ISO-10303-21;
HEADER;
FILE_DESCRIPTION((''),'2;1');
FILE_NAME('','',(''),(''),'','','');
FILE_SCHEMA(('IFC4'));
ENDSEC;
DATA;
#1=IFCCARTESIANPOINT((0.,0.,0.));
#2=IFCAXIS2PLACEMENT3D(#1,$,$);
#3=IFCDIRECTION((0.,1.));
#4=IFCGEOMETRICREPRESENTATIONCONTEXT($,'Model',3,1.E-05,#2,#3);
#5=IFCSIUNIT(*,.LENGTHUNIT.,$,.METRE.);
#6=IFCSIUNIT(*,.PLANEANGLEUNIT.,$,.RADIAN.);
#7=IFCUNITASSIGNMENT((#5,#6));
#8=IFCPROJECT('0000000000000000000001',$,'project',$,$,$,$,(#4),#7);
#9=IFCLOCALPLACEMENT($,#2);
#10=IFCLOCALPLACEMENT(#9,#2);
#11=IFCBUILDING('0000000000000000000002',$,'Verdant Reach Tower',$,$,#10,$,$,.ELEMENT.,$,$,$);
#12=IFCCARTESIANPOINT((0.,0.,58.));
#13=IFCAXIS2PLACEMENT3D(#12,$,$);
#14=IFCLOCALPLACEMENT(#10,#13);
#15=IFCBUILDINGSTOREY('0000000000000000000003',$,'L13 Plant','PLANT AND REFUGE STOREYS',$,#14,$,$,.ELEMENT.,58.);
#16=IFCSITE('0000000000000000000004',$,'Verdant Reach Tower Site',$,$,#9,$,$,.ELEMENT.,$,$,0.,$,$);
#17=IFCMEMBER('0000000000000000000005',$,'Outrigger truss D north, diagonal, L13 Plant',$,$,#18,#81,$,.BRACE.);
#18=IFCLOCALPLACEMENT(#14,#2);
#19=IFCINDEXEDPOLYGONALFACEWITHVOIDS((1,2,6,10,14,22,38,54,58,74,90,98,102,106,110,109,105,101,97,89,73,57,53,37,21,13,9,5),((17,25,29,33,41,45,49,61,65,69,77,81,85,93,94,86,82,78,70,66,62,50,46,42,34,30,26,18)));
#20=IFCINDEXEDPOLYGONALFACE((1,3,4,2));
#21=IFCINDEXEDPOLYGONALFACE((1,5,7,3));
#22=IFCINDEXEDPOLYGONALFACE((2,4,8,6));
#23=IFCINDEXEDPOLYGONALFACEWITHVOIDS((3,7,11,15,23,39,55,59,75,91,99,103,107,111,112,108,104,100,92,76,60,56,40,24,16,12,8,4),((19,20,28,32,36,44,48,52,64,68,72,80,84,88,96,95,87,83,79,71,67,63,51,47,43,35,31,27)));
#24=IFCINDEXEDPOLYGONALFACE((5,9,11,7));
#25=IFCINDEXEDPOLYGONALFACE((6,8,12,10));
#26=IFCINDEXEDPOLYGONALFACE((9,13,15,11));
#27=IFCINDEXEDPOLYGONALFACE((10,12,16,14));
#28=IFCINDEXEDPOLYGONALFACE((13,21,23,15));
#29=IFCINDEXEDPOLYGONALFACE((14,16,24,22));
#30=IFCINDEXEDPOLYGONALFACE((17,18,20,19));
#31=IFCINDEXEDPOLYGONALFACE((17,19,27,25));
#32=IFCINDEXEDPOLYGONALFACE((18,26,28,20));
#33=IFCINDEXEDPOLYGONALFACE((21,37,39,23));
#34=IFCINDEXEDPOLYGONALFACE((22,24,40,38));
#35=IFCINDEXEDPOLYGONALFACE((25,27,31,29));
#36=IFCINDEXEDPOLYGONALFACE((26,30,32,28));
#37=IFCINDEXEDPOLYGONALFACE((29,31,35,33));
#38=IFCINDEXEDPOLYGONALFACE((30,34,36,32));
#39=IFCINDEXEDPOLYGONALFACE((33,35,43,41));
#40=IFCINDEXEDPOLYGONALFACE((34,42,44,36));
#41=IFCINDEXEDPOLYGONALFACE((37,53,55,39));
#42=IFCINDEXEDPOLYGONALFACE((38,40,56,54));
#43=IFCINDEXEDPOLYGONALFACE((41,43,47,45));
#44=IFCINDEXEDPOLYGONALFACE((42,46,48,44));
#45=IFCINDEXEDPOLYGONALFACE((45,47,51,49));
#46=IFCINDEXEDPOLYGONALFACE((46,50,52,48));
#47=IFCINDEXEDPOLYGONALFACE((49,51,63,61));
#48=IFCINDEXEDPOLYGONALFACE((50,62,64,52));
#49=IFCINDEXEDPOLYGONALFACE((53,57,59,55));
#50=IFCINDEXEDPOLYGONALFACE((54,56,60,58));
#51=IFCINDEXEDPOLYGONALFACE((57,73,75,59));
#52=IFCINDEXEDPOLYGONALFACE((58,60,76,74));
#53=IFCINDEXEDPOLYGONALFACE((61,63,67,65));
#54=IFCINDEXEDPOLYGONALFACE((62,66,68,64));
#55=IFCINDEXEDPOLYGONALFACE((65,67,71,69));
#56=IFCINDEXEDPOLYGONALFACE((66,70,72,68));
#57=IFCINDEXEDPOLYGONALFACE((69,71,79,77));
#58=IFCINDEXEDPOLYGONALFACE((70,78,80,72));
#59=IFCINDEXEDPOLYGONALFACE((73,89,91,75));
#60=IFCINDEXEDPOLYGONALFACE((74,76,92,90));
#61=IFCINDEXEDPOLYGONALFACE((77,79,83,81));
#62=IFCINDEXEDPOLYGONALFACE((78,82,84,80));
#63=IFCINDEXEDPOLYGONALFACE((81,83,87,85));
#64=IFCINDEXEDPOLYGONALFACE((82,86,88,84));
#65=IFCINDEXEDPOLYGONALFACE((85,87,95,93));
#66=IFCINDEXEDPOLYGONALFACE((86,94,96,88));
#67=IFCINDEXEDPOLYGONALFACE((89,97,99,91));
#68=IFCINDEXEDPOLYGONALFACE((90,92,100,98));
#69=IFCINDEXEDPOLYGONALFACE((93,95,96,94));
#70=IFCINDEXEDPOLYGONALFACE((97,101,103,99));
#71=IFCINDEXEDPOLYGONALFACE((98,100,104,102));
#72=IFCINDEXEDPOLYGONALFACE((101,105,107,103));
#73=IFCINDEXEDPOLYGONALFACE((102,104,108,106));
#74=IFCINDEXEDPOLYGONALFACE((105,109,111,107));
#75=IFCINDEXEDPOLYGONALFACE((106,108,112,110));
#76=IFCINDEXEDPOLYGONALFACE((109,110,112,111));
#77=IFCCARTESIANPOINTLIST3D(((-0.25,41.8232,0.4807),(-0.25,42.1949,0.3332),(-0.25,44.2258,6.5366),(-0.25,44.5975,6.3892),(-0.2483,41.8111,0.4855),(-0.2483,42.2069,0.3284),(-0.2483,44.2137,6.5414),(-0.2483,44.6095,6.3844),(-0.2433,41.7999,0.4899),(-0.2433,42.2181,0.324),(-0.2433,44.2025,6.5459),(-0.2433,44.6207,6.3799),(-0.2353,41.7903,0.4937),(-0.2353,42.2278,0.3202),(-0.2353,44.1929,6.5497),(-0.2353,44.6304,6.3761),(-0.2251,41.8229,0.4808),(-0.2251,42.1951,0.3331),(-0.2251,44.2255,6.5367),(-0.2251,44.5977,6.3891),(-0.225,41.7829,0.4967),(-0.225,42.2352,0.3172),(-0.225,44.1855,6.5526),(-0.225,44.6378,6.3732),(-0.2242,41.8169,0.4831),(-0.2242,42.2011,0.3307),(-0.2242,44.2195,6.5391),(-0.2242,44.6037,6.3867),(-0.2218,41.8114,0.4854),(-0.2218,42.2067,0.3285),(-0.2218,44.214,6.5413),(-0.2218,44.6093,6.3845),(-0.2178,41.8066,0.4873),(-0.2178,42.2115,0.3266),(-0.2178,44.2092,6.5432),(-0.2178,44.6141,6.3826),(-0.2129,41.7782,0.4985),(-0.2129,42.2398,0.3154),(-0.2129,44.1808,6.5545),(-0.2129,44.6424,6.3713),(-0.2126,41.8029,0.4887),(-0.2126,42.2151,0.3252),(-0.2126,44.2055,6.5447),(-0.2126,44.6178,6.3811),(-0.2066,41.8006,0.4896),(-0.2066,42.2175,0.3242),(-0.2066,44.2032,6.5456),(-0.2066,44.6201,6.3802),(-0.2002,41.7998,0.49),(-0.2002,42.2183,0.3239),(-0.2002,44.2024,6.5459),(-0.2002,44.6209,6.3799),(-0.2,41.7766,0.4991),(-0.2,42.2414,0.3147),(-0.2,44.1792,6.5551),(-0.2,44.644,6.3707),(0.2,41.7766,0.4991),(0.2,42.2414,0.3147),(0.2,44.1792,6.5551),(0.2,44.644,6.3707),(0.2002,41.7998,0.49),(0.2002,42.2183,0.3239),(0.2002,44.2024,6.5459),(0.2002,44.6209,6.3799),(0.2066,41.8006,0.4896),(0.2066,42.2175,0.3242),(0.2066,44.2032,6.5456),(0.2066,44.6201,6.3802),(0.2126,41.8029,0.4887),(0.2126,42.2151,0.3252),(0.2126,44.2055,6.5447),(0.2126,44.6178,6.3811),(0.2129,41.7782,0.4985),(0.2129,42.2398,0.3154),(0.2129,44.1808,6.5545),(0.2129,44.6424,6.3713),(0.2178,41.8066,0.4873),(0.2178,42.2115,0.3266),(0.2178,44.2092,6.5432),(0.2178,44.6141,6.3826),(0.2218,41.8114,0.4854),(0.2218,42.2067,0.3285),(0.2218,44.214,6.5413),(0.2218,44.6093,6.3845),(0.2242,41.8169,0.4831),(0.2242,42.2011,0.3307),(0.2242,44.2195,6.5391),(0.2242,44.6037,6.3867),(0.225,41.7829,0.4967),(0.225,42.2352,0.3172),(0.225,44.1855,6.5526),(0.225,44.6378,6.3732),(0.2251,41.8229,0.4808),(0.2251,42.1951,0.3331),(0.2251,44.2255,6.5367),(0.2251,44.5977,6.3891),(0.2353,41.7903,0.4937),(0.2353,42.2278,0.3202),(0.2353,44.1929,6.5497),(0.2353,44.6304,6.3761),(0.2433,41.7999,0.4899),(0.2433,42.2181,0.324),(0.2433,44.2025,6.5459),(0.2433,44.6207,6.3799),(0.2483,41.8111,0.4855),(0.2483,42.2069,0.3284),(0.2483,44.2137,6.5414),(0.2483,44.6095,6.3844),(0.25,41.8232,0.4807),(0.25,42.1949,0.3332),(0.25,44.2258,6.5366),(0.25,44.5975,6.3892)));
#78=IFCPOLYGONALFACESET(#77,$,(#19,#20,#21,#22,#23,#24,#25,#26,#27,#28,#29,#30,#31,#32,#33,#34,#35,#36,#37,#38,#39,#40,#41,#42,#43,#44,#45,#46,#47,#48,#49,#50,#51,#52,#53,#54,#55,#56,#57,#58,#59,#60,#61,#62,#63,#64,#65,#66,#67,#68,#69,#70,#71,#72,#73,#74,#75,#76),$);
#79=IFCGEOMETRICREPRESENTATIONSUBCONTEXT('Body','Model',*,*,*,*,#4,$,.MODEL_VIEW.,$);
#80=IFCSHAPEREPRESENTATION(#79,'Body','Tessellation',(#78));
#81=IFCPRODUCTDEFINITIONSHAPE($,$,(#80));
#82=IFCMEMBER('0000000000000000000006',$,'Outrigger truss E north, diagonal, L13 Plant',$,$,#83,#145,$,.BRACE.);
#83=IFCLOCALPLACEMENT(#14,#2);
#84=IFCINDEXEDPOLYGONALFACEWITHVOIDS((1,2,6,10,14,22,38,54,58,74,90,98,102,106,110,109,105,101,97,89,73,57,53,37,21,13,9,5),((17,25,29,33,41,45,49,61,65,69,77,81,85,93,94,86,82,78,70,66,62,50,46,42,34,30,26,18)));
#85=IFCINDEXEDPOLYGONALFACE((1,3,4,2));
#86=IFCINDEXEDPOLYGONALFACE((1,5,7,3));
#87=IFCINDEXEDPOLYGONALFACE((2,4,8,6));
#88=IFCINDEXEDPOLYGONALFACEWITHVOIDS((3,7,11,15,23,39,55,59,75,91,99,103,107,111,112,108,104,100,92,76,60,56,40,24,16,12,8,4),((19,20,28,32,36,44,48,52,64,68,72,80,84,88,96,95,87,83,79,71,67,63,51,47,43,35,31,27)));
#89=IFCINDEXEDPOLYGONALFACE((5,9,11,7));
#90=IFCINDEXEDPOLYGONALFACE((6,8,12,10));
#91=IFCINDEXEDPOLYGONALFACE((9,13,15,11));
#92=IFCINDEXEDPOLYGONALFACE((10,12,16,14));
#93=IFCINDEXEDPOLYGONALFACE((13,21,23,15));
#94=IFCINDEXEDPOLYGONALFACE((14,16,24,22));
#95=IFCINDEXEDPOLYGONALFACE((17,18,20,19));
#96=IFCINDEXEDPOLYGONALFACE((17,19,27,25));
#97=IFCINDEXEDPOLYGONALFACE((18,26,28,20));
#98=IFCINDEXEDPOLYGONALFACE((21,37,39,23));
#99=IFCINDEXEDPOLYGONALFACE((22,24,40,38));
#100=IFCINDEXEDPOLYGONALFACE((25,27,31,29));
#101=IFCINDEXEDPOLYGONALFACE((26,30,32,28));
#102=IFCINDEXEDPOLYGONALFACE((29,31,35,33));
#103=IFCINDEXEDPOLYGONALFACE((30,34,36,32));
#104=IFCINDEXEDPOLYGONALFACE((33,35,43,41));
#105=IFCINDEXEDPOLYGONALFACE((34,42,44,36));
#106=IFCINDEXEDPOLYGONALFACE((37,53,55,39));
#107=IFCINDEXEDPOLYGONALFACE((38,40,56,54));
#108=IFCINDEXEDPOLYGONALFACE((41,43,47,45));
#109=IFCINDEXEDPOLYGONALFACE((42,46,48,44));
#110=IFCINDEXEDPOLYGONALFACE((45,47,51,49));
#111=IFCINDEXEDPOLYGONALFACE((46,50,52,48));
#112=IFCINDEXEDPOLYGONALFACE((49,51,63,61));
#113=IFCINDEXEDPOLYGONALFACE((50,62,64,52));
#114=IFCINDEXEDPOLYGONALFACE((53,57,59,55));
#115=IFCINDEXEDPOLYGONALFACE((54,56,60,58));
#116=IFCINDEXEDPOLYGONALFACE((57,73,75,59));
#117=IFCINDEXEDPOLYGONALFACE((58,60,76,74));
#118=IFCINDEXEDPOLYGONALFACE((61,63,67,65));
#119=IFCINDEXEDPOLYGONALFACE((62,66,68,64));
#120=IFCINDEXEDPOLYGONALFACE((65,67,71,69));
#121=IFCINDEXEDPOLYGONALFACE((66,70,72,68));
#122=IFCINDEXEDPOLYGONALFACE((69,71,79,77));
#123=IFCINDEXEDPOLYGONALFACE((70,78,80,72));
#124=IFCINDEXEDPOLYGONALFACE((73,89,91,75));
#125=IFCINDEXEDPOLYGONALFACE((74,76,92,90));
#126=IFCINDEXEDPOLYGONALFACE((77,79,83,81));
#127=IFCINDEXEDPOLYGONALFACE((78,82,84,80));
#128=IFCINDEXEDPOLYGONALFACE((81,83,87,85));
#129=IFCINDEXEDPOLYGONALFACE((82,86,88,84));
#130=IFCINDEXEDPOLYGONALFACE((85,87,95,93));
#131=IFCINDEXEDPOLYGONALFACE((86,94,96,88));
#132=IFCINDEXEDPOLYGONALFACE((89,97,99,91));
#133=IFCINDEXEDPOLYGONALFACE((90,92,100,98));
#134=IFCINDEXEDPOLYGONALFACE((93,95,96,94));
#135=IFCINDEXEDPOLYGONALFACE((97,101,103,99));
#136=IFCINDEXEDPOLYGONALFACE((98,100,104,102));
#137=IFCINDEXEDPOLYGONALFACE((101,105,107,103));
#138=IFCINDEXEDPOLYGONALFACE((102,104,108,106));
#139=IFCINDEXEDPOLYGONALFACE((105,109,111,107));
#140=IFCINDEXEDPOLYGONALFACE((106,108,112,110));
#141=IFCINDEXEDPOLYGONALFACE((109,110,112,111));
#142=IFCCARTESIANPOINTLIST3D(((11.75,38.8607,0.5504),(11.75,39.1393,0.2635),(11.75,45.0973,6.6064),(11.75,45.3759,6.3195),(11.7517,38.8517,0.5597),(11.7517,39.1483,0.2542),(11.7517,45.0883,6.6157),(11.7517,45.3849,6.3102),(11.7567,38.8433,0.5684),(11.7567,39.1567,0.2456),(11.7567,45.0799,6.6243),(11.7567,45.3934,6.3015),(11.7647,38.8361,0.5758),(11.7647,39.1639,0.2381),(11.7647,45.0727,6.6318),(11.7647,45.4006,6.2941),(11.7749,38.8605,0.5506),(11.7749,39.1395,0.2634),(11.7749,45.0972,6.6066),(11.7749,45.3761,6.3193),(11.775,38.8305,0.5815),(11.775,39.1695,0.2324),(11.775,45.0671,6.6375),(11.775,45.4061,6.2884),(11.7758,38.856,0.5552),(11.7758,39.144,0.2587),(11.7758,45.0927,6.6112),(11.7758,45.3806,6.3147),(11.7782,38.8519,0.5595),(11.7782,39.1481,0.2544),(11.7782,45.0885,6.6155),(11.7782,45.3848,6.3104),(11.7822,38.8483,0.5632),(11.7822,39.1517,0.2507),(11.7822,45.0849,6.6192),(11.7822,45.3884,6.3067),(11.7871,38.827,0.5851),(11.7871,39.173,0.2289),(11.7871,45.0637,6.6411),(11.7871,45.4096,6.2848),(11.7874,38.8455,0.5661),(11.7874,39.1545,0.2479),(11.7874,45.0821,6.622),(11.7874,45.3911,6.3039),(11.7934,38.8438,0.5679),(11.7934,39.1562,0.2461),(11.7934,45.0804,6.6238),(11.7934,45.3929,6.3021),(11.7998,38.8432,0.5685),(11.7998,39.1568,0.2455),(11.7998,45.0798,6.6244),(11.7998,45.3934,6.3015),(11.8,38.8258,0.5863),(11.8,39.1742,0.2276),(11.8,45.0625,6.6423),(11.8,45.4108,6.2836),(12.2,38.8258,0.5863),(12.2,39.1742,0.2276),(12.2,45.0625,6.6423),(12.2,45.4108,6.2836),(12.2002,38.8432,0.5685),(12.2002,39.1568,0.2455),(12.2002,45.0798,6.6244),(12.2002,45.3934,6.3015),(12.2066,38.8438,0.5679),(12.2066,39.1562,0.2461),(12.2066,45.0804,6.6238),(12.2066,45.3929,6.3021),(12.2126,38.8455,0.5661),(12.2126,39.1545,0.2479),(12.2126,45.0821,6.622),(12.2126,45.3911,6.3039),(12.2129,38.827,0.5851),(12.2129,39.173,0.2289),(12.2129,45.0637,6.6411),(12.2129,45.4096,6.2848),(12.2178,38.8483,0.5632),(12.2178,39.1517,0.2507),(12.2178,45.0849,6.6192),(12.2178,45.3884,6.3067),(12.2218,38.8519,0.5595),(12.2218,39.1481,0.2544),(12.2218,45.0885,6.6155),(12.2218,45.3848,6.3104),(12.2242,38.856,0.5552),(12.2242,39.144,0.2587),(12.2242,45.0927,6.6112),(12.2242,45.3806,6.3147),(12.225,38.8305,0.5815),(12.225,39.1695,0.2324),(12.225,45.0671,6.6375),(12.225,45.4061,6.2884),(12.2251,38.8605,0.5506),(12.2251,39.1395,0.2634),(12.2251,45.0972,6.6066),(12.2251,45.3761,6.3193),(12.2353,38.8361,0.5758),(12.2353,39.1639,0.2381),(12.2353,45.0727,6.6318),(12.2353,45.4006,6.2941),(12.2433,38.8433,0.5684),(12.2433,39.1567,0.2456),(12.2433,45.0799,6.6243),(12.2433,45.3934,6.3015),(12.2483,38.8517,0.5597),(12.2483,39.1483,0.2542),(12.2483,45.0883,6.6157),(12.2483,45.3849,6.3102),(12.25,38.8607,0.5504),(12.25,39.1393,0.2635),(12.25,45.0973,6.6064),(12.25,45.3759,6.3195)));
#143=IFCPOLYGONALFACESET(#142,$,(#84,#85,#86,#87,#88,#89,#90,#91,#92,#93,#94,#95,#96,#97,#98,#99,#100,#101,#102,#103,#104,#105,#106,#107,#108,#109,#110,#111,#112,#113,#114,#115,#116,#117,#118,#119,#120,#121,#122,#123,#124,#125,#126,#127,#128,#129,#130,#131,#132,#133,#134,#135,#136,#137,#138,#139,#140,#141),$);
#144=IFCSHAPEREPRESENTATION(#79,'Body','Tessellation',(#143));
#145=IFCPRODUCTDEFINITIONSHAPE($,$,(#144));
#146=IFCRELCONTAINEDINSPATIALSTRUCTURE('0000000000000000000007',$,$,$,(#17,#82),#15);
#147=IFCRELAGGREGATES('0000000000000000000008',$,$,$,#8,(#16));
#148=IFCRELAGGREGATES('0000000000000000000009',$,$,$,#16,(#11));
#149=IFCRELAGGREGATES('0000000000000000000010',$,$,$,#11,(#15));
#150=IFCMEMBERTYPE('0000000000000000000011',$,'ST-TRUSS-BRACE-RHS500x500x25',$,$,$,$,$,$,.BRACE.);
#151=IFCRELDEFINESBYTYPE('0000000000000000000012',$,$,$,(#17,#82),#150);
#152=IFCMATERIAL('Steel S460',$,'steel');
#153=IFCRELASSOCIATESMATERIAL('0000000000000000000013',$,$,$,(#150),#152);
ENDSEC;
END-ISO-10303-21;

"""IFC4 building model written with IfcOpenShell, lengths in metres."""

from ifc_helpers import new_model, si_unit, direction, frame, origin, origin_2d, place, context, subcontext, project, spatial, hollow_rectangle, extrude, material, material_profile, profile_set, type_object, element, save


model = new_model("IFC4")

# Units and contexts
model_context = context("Model", 3, precision=1e-05, world=origin(), true_north=direction((0.0, 1.0)))
body_context = subcontext(model_context, "Body", "Model", "MODEL_VIEW")
ifc_project = project(units=[si_unit("LENGTHUNIT", "METRE"), si_unit("PLANEANGLEUNIT", "RADIAN")], contexts=[model_context])

# Site, building, storey
site_placement = place(None, origin())
site = spatial("IfcSite", under=ifc_project, at=site_placement, Name="Verdant Reach Tower Site", CompositionType="ELEMENT", RefElevation=0.0)
building_placement = place(site_placement, origin())
building = spatial("IfcBuilding", under=site, at=building_placement, Name="Verdant Reach Tower", CompositionType="ELEMENT")
storey_placement = place(building_placement, frame((0.0, 0.0, 58.0)))
storey = spatial("IfcBuildingStorey", under=building, at=storey_placement, Name="L13 Plant", Description="PLANT AND REFUGE STOREYS", CompositionType="ELEMENT", Elevation=58.0)

# Shared definitions
ifc_material_1 = material(Name="Steel S460", Category="steel")

# Members
ifc_material_profile_1 = material_profile(ifc_material_1, hollow_rectangle(XDim=0.5, YDim=0.5, WallThickness=0.0249, InnerFilletRadius=0.0249, OuterFilletRadius=0.05, at=origin_2d()), Name="RHS 500x500x25")
ifc_profile_set_1 = profile_set([ifc_material_profile_1], Name="Steel S460")
member_type_1 = type_object("IfcMemberType", Name="ST-TRUSS-BRACE-RHS500x500x25", PredefinedType="BRACE", material=ifc_profile_set_1)
member_1_placement = place(storey_placement, frame((0.0, 44.4116, 6.4629), z_axis=(0.0, -0.368773, -0.92952), x_axis=(1.0, 0.0, 0.0)))
element("IfcMember", 1, at=member_1_placement, inside=storey, type_object=member_type_1, Name="Outrigger truss D north, diagonal, L13 Plant", PredefinedType="BRACE", context=body_context, shape_type="SweptSolid", body=[
    extrude(hollow_rectangle(XDim=0.5, YDim=0.5, WallThickness=0.0249, InnerFilletRadius=0.0249, OuterFilletRadius=0.05, at=origin_2d()), origin(), (0.0, 0.0, 1.0), 6.5151),
])
member_2_placement = place(storey_placement, frame((12.0, 39.0, 0.407), z_axis=(0.0, 0.717422, 0.696639), x_axis=(-1.0, 0.0, 0.0)))
element("IfcMember", 2, at=member_2_placement, inside=storey, type_object=member_type_1, Name="Outrigger truss E north, diagonal, L13 Plant", PredefinedType="BRACE", context=body_context, shape_type="SweptSolid", body=[
    extrude(hollow_rectangle(XDim=0.5, YDim=0.5, WallThickness=0.0249, InnerFilletRadius=0.0249, OuterFilletRadius=0.05, at=origin_2d()), origin(), (0.0, 0.0, 1.0), 8.6931),
])

save(model, "model.ifc")
